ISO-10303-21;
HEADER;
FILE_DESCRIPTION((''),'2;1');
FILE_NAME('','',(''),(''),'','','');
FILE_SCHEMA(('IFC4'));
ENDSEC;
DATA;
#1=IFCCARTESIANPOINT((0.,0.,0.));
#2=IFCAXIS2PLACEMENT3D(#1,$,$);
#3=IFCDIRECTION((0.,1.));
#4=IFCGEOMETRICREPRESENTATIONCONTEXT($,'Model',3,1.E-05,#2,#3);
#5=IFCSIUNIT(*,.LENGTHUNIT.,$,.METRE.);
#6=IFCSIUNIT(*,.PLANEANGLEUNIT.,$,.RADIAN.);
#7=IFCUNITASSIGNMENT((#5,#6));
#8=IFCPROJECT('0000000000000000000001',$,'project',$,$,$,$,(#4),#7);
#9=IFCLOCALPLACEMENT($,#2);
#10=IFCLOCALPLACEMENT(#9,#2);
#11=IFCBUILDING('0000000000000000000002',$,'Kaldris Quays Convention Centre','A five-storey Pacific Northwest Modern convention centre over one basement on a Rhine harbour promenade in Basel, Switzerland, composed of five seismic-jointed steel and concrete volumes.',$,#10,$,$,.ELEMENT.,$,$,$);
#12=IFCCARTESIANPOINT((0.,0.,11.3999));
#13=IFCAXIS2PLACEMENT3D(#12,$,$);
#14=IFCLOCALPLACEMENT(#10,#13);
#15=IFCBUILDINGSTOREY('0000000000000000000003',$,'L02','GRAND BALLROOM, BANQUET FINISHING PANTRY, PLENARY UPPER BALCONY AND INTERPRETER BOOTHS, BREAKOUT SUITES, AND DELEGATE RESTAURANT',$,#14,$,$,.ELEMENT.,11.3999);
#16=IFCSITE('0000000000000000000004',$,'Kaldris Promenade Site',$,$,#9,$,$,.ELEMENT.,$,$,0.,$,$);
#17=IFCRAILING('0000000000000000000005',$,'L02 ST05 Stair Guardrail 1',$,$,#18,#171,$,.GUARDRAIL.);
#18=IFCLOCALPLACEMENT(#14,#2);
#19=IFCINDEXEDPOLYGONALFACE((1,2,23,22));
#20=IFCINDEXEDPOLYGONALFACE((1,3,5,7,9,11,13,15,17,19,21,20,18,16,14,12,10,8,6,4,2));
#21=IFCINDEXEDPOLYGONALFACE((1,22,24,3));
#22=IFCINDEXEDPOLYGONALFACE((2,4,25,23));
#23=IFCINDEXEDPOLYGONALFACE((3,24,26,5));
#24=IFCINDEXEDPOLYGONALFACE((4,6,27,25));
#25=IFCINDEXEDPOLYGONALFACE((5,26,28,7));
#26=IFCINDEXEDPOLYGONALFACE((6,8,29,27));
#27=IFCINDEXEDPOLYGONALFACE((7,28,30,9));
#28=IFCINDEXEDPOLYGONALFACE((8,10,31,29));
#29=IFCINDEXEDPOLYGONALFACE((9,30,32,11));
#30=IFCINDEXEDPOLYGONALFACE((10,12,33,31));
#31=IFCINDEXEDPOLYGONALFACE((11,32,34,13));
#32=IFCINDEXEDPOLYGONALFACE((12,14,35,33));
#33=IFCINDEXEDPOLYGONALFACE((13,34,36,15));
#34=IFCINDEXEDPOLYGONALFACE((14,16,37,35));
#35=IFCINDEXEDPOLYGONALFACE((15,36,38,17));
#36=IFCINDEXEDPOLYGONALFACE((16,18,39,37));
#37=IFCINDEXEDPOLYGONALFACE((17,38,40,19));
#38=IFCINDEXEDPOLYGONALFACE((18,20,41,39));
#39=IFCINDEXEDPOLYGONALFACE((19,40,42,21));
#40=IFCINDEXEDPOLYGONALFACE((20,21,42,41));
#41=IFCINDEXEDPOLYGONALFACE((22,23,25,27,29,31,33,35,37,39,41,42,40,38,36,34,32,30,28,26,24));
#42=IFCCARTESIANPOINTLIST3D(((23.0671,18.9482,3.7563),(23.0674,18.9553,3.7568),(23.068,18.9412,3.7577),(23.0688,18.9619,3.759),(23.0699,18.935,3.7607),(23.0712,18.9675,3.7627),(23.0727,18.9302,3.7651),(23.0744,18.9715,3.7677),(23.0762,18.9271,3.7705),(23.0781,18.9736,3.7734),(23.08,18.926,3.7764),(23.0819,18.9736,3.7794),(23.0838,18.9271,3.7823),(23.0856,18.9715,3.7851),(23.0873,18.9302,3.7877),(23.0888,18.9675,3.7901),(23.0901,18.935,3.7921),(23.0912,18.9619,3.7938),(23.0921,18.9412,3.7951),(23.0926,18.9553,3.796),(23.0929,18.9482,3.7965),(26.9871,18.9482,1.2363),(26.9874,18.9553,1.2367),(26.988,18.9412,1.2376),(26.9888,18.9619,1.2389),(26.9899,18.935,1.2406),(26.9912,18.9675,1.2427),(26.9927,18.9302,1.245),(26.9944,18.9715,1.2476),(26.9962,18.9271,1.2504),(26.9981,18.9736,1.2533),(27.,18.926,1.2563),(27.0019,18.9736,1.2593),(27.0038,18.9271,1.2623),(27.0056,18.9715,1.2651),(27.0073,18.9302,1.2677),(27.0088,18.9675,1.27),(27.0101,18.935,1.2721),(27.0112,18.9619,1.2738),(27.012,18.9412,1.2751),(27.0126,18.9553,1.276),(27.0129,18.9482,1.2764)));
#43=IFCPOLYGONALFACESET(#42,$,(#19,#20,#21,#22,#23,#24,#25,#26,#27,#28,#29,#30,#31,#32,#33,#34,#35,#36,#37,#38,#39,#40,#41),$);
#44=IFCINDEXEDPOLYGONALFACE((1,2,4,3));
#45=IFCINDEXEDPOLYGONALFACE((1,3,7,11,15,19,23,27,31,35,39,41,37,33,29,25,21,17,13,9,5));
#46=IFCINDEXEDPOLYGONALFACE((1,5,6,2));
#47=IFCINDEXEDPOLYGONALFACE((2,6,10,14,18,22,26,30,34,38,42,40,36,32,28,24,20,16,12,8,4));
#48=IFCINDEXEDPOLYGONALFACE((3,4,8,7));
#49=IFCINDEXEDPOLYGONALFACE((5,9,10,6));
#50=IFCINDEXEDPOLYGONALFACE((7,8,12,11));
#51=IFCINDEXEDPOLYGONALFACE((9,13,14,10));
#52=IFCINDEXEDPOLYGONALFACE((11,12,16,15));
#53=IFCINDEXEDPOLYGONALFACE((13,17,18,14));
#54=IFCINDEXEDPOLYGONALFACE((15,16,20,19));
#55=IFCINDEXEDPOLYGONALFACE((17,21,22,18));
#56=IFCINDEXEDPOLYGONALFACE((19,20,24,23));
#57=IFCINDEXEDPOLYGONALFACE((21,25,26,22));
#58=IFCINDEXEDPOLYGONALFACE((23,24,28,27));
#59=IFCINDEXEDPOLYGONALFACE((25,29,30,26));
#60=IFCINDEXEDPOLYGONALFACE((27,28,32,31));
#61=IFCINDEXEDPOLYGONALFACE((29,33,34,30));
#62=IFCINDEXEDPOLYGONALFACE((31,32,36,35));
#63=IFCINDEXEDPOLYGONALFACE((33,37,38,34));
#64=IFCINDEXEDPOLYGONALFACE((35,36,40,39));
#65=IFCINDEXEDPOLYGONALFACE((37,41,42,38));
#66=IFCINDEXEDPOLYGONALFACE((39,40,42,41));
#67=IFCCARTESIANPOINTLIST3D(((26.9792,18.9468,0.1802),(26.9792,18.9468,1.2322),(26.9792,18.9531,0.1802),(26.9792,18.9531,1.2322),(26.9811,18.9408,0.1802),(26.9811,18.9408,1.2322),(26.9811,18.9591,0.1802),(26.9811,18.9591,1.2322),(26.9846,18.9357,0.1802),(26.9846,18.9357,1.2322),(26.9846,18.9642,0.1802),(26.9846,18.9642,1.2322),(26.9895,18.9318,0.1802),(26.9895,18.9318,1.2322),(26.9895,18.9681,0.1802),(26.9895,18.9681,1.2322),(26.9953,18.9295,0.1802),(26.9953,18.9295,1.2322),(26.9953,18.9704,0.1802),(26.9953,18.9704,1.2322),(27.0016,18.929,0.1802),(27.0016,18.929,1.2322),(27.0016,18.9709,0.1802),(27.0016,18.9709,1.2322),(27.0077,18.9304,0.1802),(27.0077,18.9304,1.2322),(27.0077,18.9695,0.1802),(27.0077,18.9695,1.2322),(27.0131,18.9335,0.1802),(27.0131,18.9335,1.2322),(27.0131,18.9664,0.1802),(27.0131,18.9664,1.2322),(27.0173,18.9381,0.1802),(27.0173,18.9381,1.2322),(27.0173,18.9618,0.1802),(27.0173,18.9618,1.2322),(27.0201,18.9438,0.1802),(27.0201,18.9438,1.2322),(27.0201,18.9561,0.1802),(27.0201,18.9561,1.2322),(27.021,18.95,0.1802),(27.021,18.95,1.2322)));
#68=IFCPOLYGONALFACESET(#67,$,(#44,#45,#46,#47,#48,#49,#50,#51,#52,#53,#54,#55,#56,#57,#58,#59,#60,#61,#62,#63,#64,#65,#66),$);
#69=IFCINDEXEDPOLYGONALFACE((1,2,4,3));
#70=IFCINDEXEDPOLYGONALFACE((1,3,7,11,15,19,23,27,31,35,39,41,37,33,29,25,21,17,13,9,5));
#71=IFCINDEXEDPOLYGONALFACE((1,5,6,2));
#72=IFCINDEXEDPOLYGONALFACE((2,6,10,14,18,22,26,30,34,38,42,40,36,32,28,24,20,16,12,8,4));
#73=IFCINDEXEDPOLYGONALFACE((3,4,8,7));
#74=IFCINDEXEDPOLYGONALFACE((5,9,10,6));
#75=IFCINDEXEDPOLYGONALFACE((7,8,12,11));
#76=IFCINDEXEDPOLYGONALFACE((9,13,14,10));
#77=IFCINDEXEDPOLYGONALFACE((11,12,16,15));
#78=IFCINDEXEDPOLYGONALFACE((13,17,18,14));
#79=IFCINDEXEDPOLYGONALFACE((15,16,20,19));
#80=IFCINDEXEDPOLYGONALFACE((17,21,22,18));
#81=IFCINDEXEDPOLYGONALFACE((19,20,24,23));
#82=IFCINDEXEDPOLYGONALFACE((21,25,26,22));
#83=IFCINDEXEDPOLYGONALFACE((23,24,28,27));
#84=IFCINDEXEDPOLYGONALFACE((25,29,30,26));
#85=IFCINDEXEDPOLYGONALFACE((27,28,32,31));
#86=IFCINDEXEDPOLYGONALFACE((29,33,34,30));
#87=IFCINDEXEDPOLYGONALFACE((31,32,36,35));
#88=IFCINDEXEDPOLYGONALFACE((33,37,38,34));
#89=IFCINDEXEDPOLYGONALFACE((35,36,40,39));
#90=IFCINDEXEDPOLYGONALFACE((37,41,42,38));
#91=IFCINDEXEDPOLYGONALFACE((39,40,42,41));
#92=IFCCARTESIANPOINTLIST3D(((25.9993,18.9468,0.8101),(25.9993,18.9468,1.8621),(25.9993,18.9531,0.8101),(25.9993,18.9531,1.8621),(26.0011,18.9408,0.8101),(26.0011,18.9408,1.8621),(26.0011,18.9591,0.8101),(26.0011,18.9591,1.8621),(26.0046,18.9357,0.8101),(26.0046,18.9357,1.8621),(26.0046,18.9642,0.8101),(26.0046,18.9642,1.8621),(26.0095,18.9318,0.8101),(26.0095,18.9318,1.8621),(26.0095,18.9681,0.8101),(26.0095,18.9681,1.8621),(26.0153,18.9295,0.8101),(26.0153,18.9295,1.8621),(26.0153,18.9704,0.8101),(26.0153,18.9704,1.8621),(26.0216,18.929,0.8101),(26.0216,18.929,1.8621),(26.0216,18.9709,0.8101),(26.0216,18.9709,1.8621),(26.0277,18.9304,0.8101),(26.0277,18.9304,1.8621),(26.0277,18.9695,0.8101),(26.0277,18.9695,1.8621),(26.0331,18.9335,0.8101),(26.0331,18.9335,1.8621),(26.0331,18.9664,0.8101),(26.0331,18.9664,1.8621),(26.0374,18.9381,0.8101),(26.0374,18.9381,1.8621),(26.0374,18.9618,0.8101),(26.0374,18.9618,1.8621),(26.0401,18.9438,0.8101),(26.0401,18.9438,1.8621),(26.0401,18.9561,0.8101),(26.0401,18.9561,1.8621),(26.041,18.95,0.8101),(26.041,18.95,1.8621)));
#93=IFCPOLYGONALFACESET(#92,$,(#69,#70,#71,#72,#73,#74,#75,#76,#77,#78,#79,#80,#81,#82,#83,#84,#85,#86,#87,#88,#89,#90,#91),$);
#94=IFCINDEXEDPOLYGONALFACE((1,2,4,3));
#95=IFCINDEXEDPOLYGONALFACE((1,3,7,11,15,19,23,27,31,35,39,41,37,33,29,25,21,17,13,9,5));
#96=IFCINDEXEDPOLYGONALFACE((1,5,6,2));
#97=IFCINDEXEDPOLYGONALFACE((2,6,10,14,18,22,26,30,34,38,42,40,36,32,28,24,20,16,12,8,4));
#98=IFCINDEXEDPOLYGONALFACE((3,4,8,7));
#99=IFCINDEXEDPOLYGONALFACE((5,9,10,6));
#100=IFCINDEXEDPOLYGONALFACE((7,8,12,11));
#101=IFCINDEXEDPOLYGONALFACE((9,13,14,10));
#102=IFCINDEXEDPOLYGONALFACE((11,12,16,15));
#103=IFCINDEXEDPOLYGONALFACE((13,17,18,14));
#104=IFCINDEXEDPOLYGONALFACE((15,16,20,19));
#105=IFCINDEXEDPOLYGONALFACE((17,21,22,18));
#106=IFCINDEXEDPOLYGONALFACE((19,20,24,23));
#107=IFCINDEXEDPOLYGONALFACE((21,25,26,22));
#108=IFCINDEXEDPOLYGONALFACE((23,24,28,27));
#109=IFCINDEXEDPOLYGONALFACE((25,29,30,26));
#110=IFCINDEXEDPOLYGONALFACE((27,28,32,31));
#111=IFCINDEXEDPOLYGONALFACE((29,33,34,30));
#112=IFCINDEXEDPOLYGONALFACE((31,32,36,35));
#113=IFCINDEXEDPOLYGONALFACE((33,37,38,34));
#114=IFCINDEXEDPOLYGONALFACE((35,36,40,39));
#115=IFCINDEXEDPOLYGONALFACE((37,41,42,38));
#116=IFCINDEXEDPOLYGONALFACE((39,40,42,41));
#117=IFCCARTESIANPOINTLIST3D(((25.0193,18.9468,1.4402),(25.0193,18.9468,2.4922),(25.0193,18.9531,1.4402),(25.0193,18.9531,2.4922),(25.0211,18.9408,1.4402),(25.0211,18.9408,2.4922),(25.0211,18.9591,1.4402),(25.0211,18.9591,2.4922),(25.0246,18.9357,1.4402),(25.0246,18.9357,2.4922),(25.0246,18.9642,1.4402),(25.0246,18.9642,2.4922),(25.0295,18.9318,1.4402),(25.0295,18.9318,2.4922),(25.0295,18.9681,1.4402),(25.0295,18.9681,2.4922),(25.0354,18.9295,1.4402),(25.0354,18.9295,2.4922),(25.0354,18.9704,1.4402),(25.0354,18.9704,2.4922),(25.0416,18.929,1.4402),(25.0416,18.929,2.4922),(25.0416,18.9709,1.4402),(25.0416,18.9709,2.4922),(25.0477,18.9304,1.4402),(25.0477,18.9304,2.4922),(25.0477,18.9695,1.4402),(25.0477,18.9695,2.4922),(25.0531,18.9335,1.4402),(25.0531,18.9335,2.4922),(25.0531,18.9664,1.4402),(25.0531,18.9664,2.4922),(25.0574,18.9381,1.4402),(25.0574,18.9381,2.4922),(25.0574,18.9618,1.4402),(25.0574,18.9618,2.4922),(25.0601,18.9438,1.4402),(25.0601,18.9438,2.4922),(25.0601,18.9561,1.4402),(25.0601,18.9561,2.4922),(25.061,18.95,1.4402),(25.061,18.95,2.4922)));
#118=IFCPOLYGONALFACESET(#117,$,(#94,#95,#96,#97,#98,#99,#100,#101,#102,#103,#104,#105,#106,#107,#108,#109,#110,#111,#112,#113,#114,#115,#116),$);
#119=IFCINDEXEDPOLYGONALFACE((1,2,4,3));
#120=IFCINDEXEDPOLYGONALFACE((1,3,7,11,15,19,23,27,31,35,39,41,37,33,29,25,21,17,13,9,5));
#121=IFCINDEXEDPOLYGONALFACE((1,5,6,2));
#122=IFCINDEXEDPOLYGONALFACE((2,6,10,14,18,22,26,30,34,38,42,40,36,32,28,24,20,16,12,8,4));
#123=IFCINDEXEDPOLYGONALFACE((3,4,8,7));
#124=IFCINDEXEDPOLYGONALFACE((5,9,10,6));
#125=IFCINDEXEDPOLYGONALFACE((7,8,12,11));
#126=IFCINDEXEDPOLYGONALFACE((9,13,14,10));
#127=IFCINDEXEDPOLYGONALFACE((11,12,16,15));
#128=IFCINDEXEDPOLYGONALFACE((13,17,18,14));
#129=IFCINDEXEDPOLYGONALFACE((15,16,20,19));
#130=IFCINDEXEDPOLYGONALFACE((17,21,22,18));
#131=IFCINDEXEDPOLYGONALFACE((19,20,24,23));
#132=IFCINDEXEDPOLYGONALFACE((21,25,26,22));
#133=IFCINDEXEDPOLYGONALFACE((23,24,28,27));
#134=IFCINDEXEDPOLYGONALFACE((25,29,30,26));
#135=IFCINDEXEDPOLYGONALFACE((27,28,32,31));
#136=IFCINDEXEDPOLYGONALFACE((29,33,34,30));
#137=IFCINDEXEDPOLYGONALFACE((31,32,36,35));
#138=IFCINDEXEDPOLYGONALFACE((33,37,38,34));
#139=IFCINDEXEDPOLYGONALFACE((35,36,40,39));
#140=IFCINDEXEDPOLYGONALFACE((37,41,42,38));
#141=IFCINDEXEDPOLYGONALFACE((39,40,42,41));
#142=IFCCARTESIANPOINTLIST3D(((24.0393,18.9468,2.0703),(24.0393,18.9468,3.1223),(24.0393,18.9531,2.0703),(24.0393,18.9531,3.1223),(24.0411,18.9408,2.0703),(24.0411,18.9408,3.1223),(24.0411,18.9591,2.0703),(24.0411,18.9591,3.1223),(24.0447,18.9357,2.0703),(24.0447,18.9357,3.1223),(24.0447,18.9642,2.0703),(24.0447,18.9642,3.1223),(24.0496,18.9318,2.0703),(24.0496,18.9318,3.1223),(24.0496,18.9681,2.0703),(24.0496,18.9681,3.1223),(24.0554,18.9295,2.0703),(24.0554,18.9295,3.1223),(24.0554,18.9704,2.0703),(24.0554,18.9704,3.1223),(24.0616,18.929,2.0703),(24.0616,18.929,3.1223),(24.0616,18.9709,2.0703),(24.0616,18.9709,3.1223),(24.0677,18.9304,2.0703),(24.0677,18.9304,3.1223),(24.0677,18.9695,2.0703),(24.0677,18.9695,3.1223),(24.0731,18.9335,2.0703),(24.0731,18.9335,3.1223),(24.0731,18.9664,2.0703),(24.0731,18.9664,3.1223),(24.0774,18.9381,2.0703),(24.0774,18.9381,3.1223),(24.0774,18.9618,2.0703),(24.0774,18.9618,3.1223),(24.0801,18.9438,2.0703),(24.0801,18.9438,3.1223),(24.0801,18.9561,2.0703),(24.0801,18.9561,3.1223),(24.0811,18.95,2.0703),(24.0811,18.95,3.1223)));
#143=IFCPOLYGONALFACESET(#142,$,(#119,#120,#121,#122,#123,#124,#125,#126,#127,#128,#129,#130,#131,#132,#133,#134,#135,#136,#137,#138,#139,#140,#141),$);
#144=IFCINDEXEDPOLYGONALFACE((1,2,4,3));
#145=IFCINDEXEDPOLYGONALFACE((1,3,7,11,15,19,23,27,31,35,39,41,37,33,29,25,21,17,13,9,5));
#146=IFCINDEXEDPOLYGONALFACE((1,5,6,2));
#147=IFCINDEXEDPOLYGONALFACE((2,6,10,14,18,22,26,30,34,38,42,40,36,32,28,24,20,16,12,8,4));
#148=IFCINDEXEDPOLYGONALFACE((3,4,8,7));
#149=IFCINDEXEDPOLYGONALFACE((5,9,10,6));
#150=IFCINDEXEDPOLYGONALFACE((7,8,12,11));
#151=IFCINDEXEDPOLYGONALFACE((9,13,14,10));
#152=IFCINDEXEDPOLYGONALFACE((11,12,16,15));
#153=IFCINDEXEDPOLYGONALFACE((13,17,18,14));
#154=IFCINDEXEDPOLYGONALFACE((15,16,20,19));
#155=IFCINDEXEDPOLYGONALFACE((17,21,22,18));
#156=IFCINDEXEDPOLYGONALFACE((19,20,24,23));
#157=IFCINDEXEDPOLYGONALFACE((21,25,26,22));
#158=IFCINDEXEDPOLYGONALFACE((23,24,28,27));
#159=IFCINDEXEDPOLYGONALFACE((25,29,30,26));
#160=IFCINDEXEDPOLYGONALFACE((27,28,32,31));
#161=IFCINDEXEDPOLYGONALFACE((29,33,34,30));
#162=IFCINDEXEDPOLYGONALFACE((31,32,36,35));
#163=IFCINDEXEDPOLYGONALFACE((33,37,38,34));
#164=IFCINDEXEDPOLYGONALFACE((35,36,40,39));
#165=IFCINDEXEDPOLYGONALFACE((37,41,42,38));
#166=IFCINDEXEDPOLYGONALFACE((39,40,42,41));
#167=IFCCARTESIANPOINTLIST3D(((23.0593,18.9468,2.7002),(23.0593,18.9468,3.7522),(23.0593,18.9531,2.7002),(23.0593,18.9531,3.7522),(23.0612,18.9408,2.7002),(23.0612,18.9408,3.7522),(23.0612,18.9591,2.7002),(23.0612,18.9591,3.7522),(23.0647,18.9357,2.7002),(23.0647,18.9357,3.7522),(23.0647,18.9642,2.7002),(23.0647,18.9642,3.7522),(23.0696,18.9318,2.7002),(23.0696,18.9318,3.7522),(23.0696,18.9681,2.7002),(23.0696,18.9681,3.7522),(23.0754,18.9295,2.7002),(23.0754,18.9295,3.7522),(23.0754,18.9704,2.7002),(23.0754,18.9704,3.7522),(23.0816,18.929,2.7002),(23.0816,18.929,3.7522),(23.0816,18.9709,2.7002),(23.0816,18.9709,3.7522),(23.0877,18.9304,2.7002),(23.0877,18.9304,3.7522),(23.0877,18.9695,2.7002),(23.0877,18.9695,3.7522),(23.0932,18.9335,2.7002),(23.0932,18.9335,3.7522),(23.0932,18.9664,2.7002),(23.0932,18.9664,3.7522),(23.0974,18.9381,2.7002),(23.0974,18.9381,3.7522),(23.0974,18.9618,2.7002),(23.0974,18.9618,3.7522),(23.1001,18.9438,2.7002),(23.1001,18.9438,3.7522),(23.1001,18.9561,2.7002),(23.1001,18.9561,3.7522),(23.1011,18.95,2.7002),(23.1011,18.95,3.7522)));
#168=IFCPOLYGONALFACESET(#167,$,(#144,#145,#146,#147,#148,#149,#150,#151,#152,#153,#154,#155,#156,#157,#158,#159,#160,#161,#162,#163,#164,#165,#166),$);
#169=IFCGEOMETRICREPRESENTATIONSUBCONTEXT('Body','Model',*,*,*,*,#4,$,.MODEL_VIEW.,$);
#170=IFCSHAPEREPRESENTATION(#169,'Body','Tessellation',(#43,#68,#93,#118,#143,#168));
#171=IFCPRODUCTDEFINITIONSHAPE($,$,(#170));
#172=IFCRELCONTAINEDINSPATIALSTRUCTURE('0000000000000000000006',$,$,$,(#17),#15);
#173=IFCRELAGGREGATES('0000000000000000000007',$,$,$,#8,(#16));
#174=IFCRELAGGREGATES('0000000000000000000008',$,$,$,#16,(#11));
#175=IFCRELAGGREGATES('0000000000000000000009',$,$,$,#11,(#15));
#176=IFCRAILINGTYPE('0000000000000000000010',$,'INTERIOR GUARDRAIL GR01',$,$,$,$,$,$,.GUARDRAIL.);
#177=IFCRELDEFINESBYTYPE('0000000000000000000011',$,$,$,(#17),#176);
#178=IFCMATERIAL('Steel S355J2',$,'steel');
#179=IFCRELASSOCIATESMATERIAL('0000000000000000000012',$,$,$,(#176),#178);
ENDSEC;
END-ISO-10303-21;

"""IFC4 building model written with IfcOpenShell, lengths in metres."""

from ifc_helpers import new_model, si_unit, direction, frame, origin, origin_2d, place, context, subcontext, project, spatial, circle, extrude, material, type_object, element, save


model = new_model("IFC4")

# Units and contexts
model_context = context("Model", 3, precision=1e-05, world=origin(), true_north=direction((0.0, 1.0)))
body_context = subcontext(model_context, "Body", "Model", "MODEL_VIEW")
ifc_project = project(units=[si_unit("LENGTHUNIT", "METRE"), si_unit("PLANEANGLEUNIT", "RADIAN")], contexts=[model_context])

# Site, building, storey
site_placement = place(None, origin())
site = spatial("IfcSite", under=ifc_project, at=site_placement, Name="Kaldris Promenade Site", CompositionType="ELEMENT", RefElevation=0.0)
building_placement = place(site_placement, origin())
building = spatial("IfcBuilding", under=site, at=building_placement, Name="Kaldris Quays Convention Centre", Description="A five-storey Pacific Northwest Modern convention centre over one basement on a Rhine harbour promenade in Basel, Switzerland, composed of five seismic-jointed steel and concrete volumes.", CompositionType="ELEMENT")
storey_placement = place(building_placement, frame((0.0, 0.0, 11.3999)))
storey = spatial("IfcBuildingStorey", under=building, at=storey_placement, Name="L02", Description="GRAND BALLROOM, BANQUET FINISHING PANTRY, PLENARY UPPER BALCONY AND INTERPRETER BOOTHS, BREAKOUT SUITES, AND DELEGATE RESTAURANT", CompositionType="ELEMENT", Elevation=11.3999)

# Shared definitions
ifc_material_1 = material(Name="Steel S355J2", Category="steel")

# Railing
railing_type_1 = type_object("IfcRailingType", Name="INTERIOR GUARDRAIL GR01", PredefinedType="GUARDRAIL", material=ifc_material_1)
railing_1_placement = place(storey_placement, frame((27.0, 18.95, 0.1802)))
element("IfcRailing", 1, at=railing_1_placement, inside=storey, type_object=railing_type_1, Name="L02 ST05 Stair Guardrail 1", PredefinedType="GUARDRAIL", context=body_context, shape_type="SweptSolid", body=[
    extrude(circle(Radius=0.0239, at=origin_2d()), frame((0.0, 0.0, 1.0762), z_axis=(-0.841172, 0.0, 0.540768), x_axis=(0.0, -1.0, 0.0)), (0.0, 0.0, 1.0), 4.6602),
    extrude(circle(Radius=0.021, at=origin_2d()), origin(), (0.0, 0.0, 1.0), 1.052),
    extrude(circle(Radius=0.021, at=origin_2d()), frame((-0.98, 0.0, 0.6299)), (0.0, 0.0, 1.0), 1.052),
    extrude(circle(Radius=0.021, at=origin_2d()), frame((-1.96, 0.0, 1.26)), (0.0, 0.0, 1.0), 1.052),
    extrude(circle(Radius=0.021, at=origin_2d()), frame((-2.9399, 0.0, 1.8901)), (0.0, 0.0, 1.0), 1.052),
    extrude(circle(Radius=0.021, at=origin_2d()), frame((-3.9199, 0.0, 2.52)), (0.0, 0.0, 1.0), 1.052),
])

save(model, "model.ifc")
